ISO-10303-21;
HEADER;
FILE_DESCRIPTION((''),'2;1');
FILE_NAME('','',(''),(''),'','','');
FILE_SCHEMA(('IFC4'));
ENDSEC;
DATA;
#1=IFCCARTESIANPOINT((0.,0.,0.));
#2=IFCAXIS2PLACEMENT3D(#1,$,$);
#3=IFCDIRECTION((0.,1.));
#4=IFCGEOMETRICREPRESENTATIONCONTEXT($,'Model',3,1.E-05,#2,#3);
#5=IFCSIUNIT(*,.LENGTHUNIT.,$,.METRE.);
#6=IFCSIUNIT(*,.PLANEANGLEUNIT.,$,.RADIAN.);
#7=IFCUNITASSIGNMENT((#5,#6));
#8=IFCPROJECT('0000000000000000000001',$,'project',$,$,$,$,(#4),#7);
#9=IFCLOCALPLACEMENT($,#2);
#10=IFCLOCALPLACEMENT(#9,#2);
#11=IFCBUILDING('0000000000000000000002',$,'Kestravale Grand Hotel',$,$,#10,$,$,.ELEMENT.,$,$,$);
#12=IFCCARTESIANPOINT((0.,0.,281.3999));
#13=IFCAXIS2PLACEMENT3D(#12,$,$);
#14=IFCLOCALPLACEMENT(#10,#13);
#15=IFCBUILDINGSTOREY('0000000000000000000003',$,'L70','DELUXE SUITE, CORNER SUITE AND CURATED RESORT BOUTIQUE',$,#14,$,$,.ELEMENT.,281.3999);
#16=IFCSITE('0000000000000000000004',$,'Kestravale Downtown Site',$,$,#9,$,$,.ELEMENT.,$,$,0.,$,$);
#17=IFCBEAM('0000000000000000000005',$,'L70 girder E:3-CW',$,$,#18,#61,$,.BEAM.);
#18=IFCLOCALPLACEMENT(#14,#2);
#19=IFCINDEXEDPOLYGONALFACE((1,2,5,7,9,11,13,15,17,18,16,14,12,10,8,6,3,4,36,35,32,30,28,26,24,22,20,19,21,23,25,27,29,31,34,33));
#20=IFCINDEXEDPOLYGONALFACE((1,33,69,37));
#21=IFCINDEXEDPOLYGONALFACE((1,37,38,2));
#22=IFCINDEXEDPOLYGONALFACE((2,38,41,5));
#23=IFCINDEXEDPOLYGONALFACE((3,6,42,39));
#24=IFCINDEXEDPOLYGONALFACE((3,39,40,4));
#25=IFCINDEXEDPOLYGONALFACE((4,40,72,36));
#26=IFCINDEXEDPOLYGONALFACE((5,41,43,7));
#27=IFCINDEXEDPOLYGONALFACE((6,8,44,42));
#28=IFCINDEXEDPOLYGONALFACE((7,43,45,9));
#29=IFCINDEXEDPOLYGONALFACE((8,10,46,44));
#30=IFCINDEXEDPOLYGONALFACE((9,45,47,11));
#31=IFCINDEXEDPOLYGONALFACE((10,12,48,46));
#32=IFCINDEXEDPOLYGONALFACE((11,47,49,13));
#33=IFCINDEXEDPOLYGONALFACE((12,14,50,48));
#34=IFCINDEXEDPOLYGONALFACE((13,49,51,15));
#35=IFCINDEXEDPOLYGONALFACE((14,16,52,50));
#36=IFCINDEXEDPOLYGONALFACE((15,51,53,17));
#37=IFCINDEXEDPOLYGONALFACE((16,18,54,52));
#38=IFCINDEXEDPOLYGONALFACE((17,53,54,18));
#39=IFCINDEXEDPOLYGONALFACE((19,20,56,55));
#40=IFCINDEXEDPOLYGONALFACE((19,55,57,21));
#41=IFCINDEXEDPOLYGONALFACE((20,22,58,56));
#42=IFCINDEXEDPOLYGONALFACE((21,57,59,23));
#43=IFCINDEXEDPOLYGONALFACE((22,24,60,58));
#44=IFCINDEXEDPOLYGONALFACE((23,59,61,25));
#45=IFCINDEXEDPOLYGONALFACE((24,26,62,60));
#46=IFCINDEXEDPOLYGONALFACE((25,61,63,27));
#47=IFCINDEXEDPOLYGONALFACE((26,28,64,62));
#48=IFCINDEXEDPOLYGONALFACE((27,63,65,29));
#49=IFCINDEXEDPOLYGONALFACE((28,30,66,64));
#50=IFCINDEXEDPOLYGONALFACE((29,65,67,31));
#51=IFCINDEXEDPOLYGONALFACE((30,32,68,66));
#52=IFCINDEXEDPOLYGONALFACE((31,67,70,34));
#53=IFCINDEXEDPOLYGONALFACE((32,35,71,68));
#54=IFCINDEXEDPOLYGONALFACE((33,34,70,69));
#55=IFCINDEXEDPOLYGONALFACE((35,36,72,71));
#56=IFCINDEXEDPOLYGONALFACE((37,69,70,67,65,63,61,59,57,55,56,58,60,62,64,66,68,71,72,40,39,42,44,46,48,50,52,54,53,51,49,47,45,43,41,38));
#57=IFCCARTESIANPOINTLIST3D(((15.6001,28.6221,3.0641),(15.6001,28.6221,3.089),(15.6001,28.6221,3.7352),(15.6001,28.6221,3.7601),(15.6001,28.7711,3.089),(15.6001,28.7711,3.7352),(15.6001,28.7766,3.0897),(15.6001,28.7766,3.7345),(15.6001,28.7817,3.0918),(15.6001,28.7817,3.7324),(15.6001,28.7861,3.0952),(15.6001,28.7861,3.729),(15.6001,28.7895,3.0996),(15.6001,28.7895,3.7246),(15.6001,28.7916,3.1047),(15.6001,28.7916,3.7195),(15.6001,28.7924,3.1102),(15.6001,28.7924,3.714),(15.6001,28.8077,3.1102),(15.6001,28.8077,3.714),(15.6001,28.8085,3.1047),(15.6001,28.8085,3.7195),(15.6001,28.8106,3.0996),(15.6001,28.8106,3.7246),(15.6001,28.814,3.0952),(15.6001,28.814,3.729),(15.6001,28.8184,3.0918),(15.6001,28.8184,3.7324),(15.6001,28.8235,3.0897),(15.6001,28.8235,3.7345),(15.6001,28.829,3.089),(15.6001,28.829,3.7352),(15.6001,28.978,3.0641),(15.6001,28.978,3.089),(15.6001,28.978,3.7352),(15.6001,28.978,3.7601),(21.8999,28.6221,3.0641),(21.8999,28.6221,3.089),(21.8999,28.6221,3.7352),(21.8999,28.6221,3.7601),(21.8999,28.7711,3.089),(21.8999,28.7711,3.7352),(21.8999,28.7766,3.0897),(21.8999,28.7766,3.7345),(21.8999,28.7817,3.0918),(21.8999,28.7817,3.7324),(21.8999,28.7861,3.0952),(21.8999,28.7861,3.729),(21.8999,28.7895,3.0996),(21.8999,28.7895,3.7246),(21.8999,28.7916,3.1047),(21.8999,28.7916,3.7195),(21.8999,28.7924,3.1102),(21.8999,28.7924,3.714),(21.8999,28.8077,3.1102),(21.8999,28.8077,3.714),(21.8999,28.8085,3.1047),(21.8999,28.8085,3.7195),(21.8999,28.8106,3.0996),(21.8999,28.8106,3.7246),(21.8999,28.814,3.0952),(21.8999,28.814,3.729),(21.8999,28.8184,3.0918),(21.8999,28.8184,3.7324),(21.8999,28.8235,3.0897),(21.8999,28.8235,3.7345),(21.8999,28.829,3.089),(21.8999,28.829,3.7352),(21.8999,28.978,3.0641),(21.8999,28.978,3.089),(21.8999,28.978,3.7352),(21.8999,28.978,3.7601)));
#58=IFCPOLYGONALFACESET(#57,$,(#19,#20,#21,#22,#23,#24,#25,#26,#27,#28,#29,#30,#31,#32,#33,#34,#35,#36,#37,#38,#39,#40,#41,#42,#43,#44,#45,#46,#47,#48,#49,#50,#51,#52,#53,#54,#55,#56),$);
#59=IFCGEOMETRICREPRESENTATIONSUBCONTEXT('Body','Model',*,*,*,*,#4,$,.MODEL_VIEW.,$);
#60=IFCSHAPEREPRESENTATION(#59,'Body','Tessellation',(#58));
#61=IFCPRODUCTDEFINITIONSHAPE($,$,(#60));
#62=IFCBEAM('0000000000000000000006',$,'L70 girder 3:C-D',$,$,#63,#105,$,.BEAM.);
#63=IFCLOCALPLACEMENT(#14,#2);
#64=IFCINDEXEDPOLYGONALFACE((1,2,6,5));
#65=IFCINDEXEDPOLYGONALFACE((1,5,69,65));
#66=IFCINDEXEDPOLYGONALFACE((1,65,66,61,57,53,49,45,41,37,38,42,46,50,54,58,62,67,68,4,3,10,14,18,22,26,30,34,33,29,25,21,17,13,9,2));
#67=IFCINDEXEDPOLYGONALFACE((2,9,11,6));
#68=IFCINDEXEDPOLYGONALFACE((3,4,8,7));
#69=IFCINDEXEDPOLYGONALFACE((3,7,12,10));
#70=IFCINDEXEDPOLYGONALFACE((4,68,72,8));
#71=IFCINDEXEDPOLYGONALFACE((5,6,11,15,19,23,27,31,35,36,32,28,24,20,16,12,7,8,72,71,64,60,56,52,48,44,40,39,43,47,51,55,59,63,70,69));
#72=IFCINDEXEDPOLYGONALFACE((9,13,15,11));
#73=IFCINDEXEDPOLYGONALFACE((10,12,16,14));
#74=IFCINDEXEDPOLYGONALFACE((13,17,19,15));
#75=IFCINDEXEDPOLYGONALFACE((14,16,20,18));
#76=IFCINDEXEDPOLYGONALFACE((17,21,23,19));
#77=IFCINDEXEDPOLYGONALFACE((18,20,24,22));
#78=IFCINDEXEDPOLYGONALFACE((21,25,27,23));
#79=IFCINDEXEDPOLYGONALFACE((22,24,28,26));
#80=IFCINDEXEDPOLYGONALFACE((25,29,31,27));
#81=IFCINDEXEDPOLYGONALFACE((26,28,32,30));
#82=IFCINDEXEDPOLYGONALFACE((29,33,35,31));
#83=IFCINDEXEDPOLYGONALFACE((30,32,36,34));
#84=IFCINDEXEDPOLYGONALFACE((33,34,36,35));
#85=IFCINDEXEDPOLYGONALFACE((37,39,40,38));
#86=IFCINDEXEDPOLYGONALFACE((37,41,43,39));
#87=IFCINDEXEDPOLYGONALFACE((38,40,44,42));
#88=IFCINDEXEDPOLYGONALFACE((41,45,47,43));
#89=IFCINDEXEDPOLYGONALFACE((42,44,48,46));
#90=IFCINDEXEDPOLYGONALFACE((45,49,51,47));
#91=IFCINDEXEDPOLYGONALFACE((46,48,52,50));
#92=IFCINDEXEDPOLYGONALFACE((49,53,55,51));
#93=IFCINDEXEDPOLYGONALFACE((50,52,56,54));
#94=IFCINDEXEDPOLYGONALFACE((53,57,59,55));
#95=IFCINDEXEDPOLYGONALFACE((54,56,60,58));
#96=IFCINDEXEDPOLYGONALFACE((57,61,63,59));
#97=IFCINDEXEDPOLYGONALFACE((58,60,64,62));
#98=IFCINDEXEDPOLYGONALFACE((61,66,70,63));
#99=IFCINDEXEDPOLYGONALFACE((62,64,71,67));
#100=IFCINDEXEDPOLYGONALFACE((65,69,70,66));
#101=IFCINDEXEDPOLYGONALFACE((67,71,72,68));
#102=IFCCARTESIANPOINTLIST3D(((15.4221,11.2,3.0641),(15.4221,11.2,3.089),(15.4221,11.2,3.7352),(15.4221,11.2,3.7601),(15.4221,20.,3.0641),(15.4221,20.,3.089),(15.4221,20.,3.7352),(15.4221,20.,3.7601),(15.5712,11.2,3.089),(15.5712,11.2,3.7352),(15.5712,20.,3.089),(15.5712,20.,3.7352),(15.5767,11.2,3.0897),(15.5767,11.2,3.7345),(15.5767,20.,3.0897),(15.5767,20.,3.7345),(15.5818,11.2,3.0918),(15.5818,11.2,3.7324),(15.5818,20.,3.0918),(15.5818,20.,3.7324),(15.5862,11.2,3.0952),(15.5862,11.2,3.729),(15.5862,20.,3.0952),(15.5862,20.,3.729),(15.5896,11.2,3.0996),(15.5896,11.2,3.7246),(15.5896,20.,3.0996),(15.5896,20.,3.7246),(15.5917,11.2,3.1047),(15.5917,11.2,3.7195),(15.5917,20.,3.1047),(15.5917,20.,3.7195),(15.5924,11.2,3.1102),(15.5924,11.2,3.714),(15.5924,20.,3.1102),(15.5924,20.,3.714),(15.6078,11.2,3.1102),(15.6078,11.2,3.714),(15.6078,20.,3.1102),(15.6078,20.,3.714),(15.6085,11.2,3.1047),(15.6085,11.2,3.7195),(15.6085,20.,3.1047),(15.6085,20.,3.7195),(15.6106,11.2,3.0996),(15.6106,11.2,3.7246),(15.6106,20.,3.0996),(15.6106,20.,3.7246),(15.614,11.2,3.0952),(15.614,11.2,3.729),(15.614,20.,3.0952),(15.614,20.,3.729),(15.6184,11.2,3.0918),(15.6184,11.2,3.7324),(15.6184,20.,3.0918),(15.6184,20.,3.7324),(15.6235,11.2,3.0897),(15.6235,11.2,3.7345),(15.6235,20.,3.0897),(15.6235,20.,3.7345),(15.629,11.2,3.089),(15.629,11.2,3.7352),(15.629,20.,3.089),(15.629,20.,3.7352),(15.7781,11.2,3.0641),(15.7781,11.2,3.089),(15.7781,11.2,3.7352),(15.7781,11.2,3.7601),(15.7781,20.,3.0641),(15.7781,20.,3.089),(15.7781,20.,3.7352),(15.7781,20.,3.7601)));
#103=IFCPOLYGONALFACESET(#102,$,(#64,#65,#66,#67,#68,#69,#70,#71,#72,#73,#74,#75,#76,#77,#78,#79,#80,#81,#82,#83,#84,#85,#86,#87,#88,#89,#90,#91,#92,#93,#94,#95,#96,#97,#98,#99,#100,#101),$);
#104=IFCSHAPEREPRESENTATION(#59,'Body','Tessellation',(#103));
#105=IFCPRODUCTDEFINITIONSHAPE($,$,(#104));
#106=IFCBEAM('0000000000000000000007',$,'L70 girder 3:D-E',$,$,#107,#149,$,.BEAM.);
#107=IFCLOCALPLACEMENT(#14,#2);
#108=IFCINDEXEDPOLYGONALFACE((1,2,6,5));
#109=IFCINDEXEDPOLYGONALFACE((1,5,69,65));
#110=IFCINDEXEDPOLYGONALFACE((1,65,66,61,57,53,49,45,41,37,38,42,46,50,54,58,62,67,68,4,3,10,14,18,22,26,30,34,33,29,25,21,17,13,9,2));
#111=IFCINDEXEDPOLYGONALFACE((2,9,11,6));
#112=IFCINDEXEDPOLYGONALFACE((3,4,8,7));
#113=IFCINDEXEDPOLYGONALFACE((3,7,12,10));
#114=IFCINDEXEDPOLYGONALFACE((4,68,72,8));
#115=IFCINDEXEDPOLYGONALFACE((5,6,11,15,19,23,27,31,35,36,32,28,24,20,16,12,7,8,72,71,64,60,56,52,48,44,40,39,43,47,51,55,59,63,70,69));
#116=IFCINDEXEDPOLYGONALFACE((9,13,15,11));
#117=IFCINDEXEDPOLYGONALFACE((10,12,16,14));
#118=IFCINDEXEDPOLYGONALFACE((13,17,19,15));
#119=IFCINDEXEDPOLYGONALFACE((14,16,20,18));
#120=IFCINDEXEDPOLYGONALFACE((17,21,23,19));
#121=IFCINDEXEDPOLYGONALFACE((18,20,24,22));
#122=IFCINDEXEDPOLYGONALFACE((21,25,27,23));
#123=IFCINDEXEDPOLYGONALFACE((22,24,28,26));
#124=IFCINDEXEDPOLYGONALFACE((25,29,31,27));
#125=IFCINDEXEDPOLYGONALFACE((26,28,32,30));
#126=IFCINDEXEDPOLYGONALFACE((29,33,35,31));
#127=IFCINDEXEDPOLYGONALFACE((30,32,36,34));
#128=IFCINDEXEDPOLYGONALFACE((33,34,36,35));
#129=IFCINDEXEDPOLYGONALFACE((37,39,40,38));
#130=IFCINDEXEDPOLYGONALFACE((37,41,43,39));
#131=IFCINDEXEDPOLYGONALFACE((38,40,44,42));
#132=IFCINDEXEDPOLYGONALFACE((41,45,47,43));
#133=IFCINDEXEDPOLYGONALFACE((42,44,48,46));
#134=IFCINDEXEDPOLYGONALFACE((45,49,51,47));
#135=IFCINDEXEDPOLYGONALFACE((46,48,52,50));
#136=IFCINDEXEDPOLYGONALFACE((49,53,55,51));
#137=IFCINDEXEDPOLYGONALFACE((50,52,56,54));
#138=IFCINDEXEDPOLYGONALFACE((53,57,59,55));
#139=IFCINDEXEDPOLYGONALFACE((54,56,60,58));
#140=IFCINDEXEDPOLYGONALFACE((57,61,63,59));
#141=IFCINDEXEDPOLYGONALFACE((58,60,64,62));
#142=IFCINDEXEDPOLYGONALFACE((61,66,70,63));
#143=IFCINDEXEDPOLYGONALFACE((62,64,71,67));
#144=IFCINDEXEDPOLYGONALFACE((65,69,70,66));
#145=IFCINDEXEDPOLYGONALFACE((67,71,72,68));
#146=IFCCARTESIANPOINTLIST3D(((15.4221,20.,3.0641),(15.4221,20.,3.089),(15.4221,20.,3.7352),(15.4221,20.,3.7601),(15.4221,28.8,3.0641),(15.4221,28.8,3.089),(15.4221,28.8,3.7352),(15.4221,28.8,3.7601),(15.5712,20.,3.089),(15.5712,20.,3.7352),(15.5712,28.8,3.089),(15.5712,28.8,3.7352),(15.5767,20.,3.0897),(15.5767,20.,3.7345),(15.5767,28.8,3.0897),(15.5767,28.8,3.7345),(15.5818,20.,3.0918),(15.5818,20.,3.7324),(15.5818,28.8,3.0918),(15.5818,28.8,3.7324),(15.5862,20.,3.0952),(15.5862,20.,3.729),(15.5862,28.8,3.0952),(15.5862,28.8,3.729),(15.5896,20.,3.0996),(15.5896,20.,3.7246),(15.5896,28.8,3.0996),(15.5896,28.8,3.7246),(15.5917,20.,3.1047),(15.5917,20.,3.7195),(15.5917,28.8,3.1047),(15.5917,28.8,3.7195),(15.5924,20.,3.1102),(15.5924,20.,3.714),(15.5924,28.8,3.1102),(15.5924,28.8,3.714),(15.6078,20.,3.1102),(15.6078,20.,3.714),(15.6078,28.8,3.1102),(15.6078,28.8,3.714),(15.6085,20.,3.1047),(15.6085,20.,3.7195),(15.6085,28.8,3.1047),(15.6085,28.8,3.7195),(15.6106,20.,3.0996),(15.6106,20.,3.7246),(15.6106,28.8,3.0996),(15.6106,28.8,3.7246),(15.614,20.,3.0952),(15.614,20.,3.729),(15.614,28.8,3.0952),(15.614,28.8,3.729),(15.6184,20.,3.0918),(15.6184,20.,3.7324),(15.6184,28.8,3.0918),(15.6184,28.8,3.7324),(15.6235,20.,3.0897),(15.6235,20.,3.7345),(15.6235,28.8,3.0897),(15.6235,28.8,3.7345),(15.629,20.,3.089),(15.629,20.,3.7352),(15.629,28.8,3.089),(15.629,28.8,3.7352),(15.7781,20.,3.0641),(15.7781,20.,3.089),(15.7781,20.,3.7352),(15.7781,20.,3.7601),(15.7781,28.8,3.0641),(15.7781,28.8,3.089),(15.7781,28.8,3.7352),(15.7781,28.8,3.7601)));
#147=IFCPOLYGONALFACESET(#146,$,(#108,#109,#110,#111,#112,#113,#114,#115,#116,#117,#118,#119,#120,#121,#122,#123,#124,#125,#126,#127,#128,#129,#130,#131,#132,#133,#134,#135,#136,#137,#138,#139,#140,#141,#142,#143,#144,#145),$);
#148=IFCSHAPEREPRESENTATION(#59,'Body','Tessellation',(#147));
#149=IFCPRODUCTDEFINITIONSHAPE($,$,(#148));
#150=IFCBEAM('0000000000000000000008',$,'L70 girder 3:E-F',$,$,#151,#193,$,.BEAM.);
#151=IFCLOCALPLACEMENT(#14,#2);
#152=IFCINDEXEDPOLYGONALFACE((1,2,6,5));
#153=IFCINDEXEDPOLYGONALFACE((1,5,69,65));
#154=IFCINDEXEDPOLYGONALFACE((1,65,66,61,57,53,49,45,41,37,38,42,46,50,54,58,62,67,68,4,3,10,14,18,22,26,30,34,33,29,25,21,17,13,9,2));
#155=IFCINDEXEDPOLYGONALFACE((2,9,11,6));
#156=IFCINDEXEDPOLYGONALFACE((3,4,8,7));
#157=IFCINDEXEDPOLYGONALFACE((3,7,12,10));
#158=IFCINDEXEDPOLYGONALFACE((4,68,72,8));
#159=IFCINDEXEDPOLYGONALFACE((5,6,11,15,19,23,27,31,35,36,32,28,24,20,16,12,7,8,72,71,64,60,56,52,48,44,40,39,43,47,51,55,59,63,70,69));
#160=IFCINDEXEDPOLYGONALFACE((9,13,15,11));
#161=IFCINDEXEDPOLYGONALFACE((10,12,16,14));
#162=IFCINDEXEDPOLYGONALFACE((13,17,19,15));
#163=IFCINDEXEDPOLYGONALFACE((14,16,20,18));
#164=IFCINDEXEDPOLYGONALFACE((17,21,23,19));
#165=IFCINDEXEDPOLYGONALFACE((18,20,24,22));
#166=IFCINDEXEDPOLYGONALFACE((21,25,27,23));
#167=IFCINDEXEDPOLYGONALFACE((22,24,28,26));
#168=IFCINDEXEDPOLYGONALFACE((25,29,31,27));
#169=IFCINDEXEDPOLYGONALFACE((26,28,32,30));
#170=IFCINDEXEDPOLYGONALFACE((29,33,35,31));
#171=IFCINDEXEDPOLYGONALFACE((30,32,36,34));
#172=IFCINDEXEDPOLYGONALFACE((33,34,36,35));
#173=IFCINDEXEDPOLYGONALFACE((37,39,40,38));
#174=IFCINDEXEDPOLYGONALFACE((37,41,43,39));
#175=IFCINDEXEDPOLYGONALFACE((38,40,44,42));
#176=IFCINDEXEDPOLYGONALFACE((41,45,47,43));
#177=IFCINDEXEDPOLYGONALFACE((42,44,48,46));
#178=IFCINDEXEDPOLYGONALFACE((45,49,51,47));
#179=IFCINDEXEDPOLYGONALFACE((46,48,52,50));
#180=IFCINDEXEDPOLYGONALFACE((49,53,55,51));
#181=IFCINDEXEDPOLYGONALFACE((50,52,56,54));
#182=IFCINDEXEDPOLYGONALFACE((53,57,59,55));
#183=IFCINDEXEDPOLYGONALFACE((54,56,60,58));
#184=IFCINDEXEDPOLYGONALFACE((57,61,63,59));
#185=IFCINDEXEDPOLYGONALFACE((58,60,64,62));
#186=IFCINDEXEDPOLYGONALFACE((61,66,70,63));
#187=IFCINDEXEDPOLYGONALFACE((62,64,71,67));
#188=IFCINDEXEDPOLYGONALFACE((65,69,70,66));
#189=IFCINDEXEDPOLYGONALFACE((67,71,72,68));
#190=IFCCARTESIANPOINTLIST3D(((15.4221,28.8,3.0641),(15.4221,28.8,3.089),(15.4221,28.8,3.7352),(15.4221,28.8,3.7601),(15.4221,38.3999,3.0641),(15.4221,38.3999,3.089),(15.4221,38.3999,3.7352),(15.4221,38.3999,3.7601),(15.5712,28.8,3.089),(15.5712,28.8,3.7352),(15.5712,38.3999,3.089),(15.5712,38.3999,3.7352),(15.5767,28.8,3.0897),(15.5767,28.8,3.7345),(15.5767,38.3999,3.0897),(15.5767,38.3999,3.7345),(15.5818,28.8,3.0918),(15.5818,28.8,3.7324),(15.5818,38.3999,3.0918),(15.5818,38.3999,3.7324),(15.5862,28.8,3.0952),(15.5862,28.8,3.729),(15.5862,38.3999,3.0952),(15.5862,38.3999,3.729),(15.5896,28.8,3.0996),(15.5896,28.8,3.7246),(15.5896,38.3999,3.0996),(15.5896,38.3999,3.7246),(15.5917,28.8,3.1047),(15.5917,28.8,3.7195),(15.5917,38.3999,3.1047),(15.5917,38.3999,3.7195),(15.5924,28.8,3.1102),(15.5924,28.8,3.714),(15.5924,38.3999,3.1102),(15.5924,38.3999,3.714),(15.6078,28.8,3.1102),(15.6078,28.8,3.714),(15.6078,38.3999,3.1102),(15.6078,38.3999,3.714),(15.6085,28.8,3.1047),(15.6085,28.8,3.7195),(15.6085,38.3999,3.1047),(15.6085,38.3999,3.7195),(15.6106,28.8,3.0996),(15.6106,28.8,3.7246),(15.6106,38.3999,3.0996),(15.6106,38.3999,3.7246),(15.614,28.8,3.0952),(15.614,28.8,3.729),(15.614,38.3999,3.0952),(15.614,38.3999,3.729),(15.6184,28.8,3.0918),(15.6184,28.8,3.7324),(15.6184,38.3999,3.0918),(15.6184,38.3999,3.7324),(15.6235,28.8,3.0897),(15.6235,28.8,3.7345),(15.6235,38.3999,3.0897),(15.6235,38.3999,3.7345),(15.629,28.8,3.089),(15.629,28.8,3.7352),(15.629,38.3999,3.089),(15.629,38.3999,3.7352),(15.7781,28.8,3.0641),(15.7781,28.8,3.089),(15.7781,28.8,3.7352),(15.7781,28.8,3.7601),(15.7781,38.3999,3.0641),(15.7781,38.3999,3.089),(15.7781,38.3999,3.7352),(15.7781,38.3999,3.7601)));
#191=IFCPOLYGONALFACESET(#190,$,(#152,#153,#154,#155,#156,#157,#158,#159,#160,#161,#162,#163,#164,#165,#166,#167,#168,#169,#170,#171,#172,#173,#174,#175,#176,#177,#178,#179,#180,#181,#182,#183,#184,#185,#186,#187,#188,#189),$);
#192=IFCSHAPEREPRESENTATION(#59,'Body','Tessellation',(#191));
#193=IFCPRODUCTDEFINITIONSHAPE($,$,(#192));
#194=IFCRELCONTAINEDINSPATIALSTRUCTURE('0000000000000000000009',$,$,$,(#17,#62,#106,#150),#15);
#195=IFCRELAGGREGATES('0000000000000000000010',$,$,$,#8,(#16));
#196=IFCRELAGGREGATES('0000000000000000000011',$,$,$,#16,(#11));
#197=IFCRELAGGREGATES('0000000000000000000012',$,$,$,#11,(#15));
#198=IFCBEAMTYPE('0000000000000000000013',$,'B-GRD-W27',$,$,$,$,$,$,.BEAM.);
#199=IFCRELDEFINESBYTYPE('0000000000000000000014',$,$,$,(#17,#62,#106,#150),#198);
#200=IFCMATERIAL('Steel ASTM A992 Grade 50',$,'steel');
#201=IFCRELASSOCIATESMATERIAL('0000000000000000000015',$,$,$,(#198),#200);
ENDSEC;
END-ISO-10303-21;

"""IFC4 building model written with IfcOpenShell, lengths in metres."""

from ifc_helpers import new_model, si_unit, direction, frame, origin, origin_2d, place, context, subcontext, project, spatial, i_section, extrude, material, material_profile, profile_set, type_object, element, save


model = new_model("IFC4")

# Units and contexts
model_context = context("Model", 3, precision=1e-05, world=origin(), true_north=direction((0.0, 1.0)))
body_context = subcontext(model_context, "Body", "Model", "MODEL_VIEW")
ifc_project = project(units=[si_unit("LENGTHUNIT", "METRE"), si_unit("PLANEANGLEUNIT", "RADIAN")], contexts=[model_context])

# Site, building, storey
site_placement = place(None, origin())
site = spatial("IfcSite", under=ifc_project, at=site_placement, Name="Kestravale Downtown Site", CompositionType="ELEMENT", RefElevation=0.0)
building_placement = place(site_placement, origin())
building = spatial("IfcBuilding", under=site, at=building_placement, Name="Kestravale Grand Hotel", CompositionType="ELEMENT")
storey_placement = place(building_placement, frame((0.0, 0.0, 281.3999)))
storey = spatial("IfcBuildingStorey", under=building, at=storey_placement, Name="L70", Description="DELUXE SUITE, CORNER SUITE AND CURATED RESORT BOUTIQUE", CompositionType="ELEMENT", Elevation=281.3999)

# Beams
ifc_material_1 = material(Name="Steel ASTM A992 Grade 50", Category="steel")
ifc_material_profile_1 = material_profile(ifc_material_1, i_section(OverallWidth=0.356, OverallDepth=0.696, WebThickness=0.0154, FlangeThickness=0.0249, FilletRadius=0.0212, at=origin_2d()))
ifc_profile_set_1 = profile_set([ifc_material_profile_1], Name="Steel ASTM A992 Grade 50")
beam_type = type_object("IfcBeamType", Name="B-GRD-W27", PredefinedType="BEAM", material=ifc_profile_set_1)
beam_1_placement = place(storey_placement, frame((15.6001, 28.8, 3.4121), z_axis=(1.0, 0.0, 0.0), x_axis=(0.0, 1.0, 0.0)))
element("IfcBeam", 1, at=beam_1_placement, inside=storey, type_object=beam_type, Name="L70 girder E:3-CW", PredefinedType="BEAM", context=body_context, shape_type="SweptSolid", body=[
    extrude(i_section(OverallWidth=0.356, OverallDepth=0.696, WebThickness=0.0154, FlangeThickness=0.0249, FilletRadius=0.0212, at=origin_2d()), origin(), (0.0, 0.0, 1.0), 6.2998),
])
for number, where, z_axis, x_axis, name in (
    (2, (15.6001, 11.2, 3.4121), (0.0, 1.0, 0.0), (-1.0, 0.0, 0.0), "L70 girder 3:C-D"),
    (3, (15.6001, 20.0, 3.4121), (0.0, 1.0, 0.0), (-1.0, 0.0, 0.0), "L70 girder 3:D-E"),
):
    element("IfcBeam", number, at=place(storey_placement, frame(where, z_axis=z_axis, x_axis=x_axis)), inside=storey, type_object=beam_type, Name=name, PredefinedType="BEAM", context=body_context, shape_type="SweptSolid", body=[
        extrude(i_section(OverallWidth=0.356, OverallDepth=0.696, WebThickness=0.0154, FlangeThickness=0.0249, FilletRadius=0.0212, at=origin_2d()), origin(), (0.0, 0.0, 1.0), 8.8),
    ])
beam_2_placement = place(storey_placement, frame((15.6001, 28.8, 3.4121), z_axis=(0.0, 1.0, 0.0), x_axis=(-1.0, 0.0, 0.0)))
element("IfcBeam", 4, at=beam_2_placement, inside=storey, type_object=beam_type, Name="L70 girder 3:E-F", PredefinedType="BEAM", context=body_context, shape_type="SweptSolid", body=[
    extrude(i_section(OverallWidth=0.356, OverallDepth=0.696, WebThickness=0.0154, FlangeThickness=0.0249, FilletRadius=0.0212, at=origin_2d()), origin(), (0.0, 0.0, 1.0), 9.5999),
])

save(model, "model.ifc")
